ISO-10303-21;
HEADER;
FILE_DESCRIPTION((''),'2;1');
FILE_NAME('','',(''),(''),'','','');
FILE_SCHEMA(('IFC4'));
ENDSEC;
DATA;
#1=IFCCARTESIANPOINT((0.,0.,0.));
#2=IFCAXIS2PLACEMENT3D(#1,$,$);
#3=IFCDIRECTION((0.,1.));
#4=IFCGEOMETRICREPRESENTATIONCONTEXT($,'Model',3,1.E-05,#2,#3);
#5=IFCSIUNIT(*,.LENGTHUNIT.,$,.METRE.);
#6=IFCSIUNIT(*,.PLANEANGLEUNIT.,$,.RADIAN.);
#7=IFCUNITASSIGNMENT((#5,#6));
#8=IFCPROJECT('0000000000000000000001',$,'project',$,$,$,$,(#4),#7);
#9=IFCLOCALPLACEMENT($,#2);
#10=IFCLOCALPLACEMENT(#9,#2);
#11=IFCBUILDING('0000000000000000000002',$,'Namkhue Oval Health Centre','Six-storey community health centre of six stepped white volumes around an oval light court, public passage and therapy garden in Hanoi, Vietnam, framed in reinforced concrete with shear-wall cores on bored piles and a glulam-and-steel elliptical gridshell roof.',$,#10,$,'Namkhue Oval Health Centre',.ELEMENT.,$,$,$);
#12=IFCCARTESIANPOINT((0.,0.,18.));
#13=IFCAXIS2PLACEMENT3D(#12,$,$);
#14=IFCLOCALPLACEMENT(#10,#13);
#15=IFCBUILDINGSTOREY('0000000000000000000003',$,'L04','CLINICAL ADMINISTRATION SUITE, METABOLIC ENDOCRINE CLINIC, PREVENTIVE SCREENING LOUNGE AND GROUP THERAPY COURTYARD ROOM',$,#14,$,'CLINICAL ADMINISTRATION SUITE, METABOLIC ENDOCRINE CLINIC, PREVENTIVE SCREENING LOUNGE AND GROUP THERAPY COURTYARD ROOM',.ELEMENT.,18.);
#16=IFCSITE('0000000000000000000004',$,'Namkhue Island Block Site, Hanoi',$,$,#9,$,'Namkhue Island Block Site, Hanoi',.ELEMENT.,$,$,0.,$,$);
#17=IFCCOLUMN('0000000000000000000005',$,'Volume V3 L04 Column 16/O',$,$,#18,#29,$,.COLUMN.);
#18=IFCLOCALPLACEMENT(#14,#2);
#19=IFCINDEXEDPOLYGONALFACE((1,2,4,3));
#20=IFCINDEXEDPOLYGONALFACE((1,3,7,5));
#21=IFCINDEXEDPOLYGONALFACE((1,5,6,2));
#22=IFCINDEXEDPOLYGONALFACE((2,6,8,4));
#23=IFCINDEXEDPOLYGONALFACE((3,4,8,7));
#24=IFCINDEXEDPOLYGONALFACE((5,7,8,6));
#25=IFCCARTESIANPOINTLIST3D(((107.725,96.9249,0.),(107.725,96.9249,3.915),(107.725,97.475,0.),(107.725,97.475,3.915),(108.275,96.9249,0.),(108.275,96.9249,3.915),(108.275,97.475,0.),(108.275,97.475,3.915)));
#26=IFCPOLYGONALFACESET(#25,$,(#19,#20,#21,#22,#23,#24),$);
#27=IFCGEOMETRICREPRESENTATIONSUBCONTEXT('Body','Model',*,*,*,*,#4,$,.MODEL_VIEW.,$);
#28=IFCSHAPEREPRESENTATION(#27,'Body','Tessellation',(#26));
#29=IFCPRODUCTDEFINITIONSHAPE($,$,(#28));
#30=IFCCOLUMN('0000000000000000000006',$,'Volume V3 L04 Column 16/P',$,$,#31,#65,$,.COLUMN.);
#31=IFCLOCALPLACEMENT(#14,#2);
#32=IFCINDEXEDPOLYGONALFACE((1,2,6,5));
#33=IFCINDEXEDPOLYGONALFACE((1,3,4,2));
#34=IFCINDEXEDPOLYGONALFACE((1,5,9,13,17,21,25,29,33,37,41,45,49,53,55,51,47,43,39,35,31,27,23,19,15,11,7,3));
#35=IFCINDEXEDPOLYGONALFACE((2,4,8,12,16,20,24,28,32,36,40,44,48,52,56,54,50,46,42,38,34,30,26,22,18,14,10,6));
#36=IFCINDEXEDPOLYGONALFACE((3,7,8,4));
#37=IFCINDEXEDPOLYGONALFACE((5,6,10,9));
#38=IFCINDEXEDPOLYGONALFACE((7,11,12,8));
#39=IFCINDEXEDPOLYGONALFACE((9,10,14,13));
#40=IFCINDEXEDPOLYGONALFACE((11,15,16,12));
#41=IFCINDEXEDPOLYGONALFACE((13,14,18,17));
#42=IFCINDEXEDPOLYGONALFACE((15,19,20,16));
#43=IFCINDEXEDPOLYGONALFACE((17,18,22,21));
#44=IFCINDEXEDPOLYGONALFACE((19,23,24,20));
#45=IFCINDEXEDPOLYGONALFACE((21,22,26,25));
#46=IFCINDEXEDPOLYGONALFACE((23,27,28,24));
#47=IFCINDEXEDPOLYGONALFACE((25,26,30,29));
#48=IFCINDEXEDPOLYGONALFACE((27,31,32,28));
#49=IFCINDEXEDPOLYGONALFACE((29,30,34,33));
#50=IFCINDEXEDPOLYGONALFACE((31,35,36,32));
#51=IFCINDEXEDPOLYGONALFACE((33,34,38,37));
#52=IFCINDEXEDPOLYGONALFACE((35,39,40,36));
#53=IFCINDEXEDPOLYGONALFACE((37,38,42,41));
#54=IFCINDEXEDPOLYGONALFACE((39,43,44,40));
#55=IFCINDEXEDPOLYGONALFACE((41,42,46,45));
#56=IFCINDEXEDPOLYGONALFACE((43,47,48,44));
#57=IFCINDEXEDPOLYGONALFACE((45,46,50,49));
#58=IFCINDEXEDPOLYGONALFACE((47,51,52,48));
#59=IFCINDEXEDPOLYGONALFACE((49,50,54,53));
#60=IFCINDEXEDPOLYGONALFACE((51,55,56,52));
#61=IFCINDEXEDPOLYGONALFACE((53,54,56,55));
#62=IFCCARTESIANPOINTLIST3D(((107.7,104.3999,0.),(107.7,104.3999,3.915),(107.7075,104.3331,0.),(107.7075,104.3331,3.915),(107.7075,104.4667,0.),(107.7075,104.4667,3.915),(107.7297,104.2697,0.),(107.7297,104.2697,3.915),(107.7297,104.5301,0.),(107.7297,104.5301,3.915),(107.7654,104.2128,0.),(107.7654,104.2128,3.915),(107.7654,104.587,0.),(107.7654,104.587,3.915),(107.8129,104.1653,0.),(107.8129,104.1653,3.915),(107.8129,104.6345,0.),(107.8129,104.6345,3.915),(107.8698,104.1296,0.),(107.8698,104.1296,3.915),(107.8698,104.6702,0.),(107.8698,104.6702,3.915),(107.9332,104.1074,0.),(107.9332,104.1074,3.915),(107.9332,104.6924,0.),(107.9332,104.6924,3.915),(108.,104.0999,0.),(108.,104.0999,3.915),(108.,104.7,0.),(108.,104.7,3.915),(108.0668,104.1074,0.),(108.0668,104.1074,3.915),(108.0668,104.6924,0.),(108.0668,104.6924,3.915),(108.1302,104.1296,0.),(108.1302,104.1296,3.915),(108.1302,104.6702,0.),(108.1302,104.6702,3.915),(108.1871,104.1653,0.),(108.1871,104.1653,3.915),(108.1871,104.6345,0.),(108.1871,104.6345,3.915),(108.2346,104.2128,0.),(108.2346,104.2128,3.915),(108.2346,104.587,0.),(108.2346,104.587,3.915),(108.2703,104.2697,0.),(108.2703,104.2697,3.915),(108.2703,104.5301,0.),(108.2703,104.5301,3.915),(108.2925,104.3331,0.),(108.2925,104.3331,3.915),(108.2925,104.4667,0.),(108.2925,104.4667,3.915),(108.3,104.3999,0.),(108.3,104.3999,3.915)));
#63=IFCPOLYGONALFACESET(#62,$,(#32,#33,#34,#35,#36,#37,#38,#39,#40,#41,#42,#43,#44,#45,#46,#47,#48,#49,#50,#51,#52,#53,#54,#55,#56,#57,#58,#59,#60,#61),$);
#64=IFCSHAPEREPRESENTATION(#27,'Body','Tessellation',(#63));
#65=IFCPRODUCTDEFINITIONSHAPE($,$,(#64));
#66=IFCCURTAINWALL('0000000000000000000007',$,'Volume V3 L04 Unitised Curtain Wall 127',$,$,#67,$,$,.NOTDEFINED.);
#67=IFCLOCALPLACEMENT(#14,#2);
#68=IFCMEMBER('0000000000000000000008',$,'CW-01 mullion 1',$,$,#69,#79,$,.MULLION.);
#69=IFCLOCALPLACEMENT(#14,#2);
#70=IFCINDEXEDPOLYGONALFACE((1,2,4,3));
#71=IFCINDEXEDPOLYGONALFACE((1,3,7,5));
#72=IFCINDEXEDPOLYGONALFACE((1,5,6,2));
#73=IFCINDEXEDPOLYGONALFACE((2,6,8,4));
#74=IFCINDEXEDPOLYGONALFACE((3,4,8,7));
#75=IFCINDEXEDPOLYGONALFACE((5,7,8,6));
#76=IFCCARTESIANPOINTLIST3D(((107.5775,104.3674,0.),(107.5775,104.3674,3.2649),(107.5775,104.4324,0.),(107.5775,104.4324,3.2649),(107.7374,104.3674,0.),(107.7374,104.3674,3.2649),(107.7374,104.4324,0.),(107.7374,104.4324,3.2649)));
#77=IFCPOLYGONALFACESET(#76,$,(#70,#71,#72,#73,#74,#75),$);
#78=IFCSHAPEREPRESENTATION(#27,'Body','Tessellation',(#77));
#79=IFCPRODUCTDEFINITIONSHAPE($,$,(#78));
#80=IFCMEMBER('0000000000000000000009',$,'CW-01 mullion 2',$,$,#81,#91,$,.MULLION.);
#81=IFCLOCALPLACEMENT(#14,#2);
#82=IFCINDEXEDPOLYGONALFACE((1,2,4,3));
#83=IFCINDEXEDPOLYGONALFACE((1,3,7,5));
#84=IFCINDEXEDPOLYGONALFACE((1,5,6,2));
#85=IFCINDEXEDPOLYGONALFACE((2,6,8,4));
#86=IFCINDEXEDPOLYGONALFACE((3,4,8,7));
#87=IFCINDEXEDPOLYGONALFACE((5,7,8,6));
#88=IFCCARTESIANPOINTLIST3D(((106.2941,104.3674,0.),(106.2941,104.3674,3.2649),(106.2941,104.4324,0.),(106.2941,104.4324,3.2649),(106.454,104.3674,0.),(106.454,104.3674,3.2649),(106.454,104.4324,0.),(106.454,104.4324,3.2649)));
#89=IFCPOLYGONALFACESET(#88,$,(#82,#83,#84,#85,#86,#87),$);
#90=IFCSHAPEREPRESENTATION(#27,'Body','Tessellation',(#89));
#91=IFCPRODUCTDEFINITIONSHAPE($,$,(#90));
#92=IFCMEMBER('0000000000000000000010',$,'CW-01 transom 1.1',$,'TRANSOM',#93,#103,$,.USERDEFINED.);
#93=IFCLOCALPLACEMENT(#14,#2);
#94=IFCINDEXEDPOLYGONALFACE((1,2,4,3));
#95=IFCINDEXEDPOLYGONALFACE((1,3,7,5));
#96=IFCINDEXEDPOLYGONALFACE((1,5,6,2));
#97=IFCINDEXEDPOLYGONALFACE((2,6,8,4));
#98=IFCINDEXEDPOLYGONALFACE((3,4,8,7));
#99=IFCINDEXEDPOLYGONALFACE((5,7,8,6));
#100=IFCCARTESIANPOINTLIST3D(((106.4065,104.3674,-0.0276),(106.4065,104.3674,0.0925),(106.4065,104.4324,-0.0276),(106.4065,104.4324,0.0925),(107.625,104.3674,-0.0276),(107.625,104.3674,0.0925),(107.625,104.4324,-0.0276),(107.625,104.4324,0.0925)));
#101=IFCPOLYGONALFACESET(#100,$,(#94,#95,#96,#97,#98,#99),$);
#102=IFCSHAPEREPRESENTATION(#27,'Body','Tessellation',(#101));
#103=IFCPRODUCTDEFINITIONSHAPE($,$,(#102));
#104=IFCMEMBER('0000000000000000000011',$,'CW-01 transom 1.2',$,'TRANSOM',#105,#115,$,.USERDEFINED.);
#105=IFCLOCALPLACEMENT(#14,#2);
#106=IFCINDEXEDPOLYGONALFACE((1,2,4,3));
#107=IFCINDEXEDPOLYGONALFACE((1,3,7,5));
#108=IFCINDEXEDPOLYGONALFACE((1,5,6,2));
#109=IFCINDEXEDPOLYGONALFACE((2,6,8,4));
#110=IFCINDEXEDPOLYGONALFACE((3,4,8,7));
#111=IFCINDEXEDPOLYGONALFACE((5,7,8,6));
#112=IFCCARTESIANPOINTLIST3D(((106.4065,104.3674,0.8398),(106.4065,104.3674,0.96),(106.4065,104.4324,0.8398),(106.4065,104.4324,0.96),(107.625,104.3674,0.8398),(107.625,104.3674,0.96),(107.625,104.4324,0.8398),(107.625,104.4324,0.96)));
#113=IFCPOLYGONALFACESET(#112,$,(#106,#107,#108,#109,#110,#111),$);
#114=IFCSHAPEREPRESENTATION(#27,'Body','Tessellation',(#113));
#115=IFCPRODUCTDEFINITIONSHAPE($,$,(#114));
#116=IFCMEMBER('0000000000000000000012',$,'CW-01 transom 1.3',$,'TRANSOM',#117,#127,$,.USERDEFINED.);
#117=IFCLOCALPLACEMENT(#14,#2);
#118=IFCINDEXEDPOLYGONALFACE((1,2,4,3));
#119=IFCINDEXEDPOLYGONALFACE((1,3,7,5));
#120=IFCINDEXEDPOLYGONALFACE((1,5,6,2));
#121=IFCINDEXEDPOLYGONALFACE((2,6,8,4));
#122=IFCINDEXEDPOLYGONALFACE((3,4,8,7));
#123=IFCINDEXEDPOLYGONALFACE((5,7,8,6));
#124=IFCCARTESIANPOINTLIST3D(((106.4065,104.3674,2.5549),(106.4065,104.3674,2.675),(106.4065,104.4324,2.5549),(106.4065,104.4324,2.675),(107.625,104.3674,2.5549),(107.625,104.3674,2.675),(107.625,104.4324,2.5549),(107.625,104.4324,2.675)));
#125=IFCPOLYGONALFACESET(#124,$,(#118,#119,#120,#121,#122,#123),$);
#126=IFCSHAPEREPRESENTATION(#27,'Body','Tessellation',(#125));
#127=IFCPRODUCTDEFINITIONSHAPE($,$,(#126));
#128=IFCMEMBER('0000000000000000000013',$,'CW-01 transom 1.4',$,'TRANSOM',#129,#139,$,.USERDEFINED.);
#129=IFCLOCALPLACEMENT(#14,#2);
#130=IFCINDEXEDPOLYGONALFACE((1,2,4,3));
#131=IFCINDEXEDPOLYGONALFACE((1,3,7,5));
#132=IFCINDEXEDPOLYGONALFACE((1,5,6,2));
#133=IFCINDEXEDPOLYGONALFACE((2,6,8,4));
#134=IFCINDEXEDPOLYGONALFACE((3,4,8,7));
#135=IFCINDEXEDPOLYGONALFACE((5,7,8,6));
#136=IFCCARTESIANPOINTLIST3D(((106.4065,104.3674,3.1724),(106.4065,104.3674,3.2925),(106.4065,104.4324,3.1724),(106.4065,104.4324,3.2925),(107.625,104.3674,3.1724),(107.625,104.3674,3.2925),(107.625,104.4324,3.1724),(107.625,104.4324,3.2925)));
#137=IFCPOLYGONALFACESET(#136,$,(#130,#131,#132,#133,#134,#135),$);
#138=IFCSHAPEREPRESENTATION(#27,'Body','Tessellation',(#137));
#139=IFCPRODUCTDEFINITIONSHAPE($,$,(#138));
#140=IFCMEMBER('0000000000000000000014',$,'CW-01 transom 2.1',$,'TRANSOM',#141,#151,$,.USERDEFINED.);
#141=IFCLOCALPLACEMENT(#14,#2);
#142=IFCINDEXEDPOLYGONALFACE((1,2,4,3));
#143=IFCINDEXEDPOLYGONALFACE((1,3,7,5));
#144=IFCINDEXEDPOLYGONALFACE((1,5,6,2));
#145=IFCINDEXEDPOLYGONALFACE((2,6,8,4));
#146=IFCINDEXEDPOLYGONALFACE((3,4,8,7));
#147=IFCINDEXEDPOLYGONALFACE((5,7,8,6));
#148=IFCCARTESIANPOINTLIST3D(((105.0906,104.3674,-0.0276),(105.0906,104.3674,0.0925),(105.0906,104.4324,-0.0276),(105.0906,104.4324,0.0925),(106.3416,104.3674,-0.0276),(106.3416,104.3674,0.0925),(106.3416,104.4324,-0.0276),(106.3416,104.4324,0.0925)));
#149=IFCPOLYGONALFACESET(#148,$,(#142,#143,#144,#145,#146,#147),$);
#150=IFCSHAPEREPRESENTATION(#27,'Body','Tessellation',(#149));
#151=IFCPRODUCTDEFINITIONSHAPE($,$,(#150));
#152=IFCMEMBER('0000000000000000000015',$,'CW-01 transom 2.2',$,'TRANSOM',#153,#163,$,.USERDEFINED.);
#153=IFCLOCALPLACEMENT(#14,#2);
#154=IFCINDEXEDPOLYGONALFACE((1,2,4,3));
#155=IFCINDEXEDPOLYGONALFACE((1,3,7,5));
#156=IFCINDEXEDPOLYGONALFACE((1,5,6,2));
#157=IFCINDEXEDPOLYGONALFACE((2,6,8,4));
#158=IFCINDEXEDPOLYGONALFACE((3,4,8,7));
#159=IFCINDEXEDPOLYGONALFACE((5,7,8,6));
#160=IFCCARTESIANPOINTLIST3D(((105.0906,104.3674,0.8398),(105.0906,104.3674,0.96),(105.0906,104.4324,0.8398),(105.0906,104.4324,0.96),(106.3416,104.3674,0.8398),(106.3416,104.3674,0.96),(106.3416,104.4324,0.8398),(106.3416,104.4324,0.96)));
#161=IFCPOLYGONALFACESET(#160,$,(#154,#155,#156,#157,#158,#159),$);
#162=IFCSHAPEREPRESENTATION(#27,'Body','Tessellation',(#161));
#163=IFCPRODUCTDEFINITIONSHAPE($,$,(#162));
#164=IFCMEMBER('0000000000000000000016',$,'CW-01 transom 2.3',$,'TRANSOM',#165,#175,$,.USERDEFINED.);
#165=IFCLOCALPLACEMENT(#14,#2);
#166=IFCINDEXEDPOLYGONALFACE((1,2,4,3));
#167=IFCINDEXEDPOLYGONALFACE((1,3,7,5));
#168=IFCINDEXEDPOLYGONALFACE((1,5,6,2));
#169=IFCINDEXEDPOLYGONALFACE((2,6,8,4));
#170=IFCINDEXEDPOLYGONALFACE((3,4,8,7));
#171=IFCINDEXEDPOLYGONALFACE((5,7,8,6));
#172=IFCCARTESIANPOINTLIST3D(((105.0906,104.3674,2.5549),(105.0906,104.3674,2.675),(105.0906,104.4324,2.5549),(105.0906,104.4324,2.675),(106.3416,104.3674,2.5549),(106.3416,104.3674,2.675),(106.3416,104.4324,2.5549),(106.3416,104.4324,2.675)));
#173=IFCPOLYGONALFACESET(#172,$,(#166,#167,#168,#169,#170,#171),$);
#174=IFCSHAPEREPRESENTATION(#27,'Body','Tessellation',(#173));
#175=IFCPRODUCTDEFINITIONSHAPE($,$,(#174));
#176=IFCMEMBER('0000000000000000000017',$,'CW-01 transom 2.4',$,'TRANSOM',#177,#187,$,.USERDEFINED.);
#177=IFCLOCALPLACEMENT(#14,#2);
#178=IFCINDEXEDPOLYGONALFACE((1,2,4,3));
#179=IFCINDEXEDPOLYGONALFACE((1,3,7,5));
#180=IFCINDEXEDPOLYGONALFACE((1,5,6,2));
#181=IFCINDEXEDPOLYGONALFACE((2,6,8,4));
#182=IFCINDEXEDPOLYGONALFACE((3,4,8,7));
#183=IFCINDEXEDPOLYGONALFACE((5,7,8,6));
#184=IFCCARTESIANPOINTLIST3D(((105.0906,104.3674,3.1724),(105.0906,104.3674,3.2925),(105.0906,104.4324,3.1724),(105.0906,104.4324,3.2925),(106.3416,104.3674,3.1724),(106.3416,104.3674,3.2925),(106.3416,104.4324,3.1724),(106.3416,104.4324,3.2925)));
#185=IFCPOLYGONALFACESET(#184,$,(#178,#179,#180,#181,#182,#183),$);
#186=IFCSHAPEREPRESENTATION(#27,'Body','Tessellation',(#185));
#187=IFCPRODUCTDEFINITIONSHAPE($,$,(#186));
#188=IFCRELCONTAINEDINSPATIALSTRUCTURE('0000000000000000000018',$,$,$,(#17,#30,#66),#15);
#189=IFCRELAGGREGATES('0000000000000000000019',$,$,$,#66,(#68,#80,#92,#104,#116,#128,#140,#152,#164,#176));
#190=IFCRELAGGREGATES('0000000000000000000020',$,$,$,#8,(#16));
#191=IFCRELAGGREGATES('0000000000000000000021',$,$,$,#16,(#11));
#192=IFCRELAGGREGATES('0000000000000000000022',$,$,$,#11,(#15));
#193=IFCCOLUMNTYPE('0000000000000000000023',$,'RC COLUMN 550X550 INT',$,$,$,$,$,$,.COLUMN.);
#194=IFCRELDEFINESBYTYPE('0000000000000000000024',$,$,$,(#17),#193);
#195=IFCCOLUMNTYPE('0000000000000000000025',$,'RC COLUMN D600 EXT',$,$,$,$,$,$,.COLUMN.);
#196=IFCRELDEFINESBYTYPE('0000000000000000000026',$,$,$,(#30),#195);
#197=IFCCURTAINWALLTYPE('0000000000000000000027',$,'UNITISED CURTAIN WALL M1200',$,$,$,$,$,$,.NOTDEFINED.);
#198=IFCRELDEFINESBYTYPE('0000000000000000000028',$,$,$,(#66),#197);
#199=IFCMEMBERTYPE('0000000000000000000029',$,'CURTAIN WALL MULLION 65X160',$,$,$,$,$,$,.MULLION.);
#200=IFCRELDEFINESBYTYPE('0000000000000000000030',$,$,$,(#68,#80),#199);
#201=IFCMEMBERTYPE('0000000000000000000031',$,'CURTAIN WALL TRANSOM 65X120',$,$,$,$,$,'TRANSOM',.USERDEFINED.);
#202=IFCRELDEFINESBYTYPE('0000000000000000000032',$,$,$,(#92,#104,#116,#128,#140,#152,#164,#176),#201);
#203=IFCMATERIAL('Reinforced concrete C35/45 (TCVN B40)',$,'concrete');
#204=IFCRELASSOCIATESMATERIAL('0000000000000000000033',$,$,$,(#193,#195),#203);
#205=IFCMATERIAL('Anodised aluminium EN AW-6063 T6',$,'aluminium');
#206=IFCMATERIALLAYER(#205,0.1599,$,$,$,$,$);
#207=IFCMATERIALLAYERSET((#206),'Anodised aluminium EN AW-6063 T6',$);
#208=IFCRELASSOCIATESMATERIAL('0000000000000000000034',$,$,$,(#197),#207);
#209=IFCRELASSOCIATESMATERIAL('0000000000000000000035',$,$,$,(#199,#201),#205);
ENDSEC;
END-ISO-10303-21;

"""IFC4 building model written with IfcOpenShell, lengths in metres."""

from ifc_helpers import new_model, si_unit, direction, frame, origin, origin_2d, place, context, subcontext, project, spatial, rectangle, circle, extrude, material, layer, layer_set, material_profile, profile_set, type_object, element, aggregate, save


model = new_model("IFC4")

# Units and contexts
model_context = context("Model", 3, precision=1e-05, world=origin(), true_north=direction((0.0, 1.0)))
body_context = subcontext(model_context, "Body", "Model", "MODEL_VIEW")
ifc_project = project(units=[si_unit("LENGTHUNIT", "METRE"), si_unit("PLANEANGLEUNIT", "RADIAN")], contexts=[model_context])

# Site, building, storey
site_placement = place(None, origin())
site = spatial("IfcSite", under=ifc_project, at=site_placement, Name="Namkhue Island Block Site, Hanoi", LongName="Namkhue Island Block Site, Hanoi", CompositionType="ELEMENT", RefElevation=0.0)
building_placement = place(site_placement, origin())
building = spatial("IfcBuilding", under=site, at=building_placement, Name="Namkhue Oval Health Centre", Description="Six-storey community health centre of six stepped white volumes around an oval light court, public passage and therapy garden in Hanoi, Vietnam, framed in reinforced concrete with shear-wall cores on bored piles and a glulam-and-steel elliptical gridshell roof.", LongName="Namkhue Oval Health Centre", CompositionType="ELEMENT")
storey_placement = place(building_placement, frame((0.0, 0.0, 18.0)))
storey = spatial("IfcBuildingStorey", under=building, at=storey_placement, Name="L04", Description="CLINICAL ADMINISTRATION SUITE, METABOLIC ENDOCRINE CLINIC, PREVENTIVE SCREENING LOUNGE AND GROUP THERAPY COURTYARD ROOM", LongName="CLINICAL ADMINISTRATION SUITE, METABOLIC ENDOCRINE CLINIC, PREVENTIVE SCREENING LOUNGE AND GROUP THERAPY COURTYARD ROOM", CompositionType="ELEMENT", Elevation=18.0)

# Columns
ifc_material_1 = material(Name="Reinforced concrete C35/45 (TCVN B40)", Category="concrete")
ifc_material_profile_1 = material_profile(ifc_material_1, rectangle(XDim=0.55, YDim=0.55, at=origin_2d()), Name="RC 550x550")
ifc_profile_set_1 = profile_set([ifc_material_profile_1], Name="Reinforced concrete C35/45 (TCVN B40)")
column_type_1 = type_object("IfcColumnType", Name="RC COLUMN 550X550 INT", PredefinedType="COLUMN", material=ifc_profile_set_1)
column_1_placement = place(storey_placement, frame((108.0, 97.2, 0.0), z_axis=(0.0, 0.0, 1.0), x_axis=(1.0, 0.0, 0.0)))
element("IfcColumn", 1, at=column_1_placement, inside=storey, type_object=column_type_1, Name="Volume V3 L04 Column 16/O", PredefinedType="COLUMN", context=body_context, shape_type="SweptSolid", body=[
    extrude(rectangle(XDim=0.55, YDim=0.55, at=origin_2d()), origin(), (0.0, 0.0, 1.0), 3.915),
])
ifc_material_profile_2 = material_profile(ifc_material_1, circle(Radius=0.3, at=origin_2d()), Name="RC D600")
ifc_profile_set_2 = profile_set([ifc_material_profile_2], Name="Reinforced concrete C35/45 (TCVN B40)")
column_type_2 = type_object("IfcColumnType", Name="RC COLUMN D600 EXT", PredefinedType="COLUMN", material=ifc_profile_set_2)
column_2_placement = place(storey_placement, frame((108.0, 104.3999, 0.0), z_axis=(0.0, 0.0, 1.0), x_axis=(1.0, 0.0, 0.0)))
element("IfcColumn", 2, at=column_2_placement, inside=storey, type_object=column_type_2, Name="Volume V3 L04 Column 16/P", PredefinedType="COLUMN", context=body_context, shape_type="SweptSolid", body=[
    extrude(circle(Radius=0.3, at=origin_2d()), origin(), (0.0, 0.0, 1.0), 3.915),
])

# Curtain wall, members
ifc_material_2 = material(Name="Anodised aluminium EN AW-6063 T6", Category="aluminium")
ifc_layer_1 = layer(ifc_material_2, 0.1599)
ifc_layer_set_1 = layer_set([ifc_layer_1], Name="Anodised aluminium EN AW-6063 T6")
curtain_wall_type = type_object("IfcCurtainWallType", Name="UNITISED CURTAIN WALL M1200", PredefinedType="NOTDEFINED", material=ifc_layer_set_1)
curtain_wall_placement = place(storey_placement, origin())
curtain_wall = element("IfcCurtainWall", 3, at=curtain_wall_placement, inside=storey, type_object=curtain_wall_type, Name="Volume V3 L04 Unitised Curtain Wall 127", PredefinedType="NOTDEFINED")
ifc_material_profile_3 = material_profile(ifc_material_2, rectangle(XDim=0.0649, YDim=0.1599, at=origin_2d()), Name="ALU 65x160")
ifc_profile_set_3 = profile_set([ifc_material_profile_3], Name="Anodised aluminium EN AW-6063 T6")
member_type_1 = type_object("IfcMemberType", Name="CURTAIN WALL MULLION 65X160", PredefinedType="MULLION", material=ifc_profile_set_3)
member_1_placement = place(storey_placement, frame((107.6575, 104.3999, 0.0), z_axis=(0.0, 0.0, 1.0), x_axis=(0.0, -1.0, 0.0)))
member_1 = element("IfcMember", 4, at=member_1_placement, type_object=member_type_1, Name="CW-01 mullion 1", PredefinedType="MULLION", context=body_context, shape_type="SweptSolid", body=[
    extrude(rectangle(XDim=0.0649, YDim=0.1599, at=origin_2d()), origin(), (0.0, 0.0, 1.0), 3.2649),
])
member_2_placement = place(storey_placement, frame((106.374, 104.3999, 0.0), z_axis=(0.0, 0.0, 1.0), x_axis=(0.0, -1.0, 0.0)))
member_2 = element("IfcMember", 5, at=member_2_placement, type_object=member_type_1, Name="CW-01 mullion 2", PredefinedType="MULLION", context=body_context, shape_type="SweptSolid", body=[
    extrude(rectangle(XDim=0.0649, YDim=0.1599, at=origin_2d()), origin(), (0.0, 0.0, 1.0), 3.2649),
])
ifc_material_profile_4 = material_profile(ifc_material_2, rectangle(XDim=0.0649, YDim=0.1201, at=origin_2d()), Name="ALU 65x120")
ifc_profile_set_4 = profile_set([ifc_material_profile_4], Name="Anodised aluminium EN AW-6063 T6")
member_type_2 = type_object("IfcMemberType", Name="CURTAIN WALL TRANSOM 65X120", ElementType="TRANSOM", PredefinedType="USERDEFINED", material=ifc_profile_set_4)
member_3_placement = place(storey_placement, frame((107.625, 104.3999, 0.0325), z_axis=(-1.0, 0.0, 0.0), x_axis=(0.0, -1.0, 0.0)))
member_3 = element("IfcMember", 6, at=member_3_placement, type_object=member_type_2, Name="CW-01 transom 1.1", ObjectType="TRANSOM", PredefinedType="USERDEFINED", context=body_context, shape_type="SweptSolid", body=[
    extrude(rectangle(XDim=0.0649, YDim=0.1201, at=origin_2d()), origin(), (0.0, 0.0, 1.0), 1.2185),
])
member_4_placement = place(storey_placement, frame((107.625, 104.3999, 0.8999), z_axis=(-1.0, 0.0, 0.0), x_axis=(0.0, -1.0, 0.0)))
member_4 = element("IfcMember", 7, at=member_4_placement, type_object=member_type_2, Name="CW-01 transom 1.2", ObjectType="TRANSOM", PredefinedType="USERDEFINED", context=body_context, shape_type="SweptSolid", body=[
    extrude(rectangle(XDim=0.0649, YDim=0.1201, at=origin_2d()), origin(), (0.0, 0.0, 1.0), 1.2185),
])
member_5_placement = place(storey_placement, frame((107.625, 104.3999, 2.615), z_axis=(-1.0, 0.0, 0.0), x_axis=(0.0, -1.0, 0.0)))
member_5 = element("IfcMember", 8, at=member_5_placement, type_object=member_type_2, Name="CW-01 transom 1.3", ObjectType="TRANSOM", PredefinedType="USERDEFINED", context=body_context, shape_type="SweptSolid", body=[
    extrude(rectangle(XDim=0.0649, YDim=0.1201, at=origin_2d()), origin(), (0.0, 0.0, 1.0), 1.2185),
])
member_6_placement = place(storey_placement, frame((107.625, 104.3999, 3.2324), z_axis=(-1.0, 0.0, 0.0), x_axis=(0.0, -1.0, 0.0)))
member_6 = element("IfcMember", 9, at=member_6_placement, type_object=member_type_2, Name="CW-01 transom 1.4", ObjectType="TRANSOM", PredefinedType="USERDEFINED", context=body_context, shape_type="SweptSolid", body=[
    extrude(rectangle(XDim=0.0649, YDim=0.1201, at=origin_2d()), origin(), (0.0, 0.0, 1.0), 1.2185),
])
member_7_placement = place(storey_placement, frame((106.3416, 104.3999, 0.0325), z_axis=(-1.0, 0.0, 0.0), x_axis=(0.0, -1.0, 0.0)))
member_7 = element("IfcMember", 10, at=member_7_placement, type_object=member_type_2, Name="CW-01 transom 2.1", ObjectType="TRANSOM", PredefinedType="USERDEFINED", context=body_context, shape_type="SweptSolid", body=[
    extrude(rectangle(XDim=0.0649, YDim=0.1201, at=origin_2d()), origin(), (0.0, 0.0, 1.0), 1.251),
])
member_8_placement = place(storey_placement, frame((106.3416, 104.3999, 0.8999), z_axis=(-1.0, 0.0, 0.0), x_axis=(0.0, -1.0, 0.0)))
member_8 = element("IfcMember", 11, at=member_8_placement, type_object=member_type_2, Name="CW-01 transom 2.2", ObjectType="TRANSOM", PredefinedType="USERDEFINED", context=body_context, shape_type="SweptSolid", body=[
    extrude(rectangle(XDim=0.0649, YDim=0.1201, at=origin_2d()), origin(), (0.0, 0.0, 1.0), 1.251),
])
member_9_placement = place(storey_placement, frame((106.3416, 104.3999, 2.615), z_axis=(-1.0, 0.0, 0.0), x_axis=(0.0, -1.0, 0.0)))
member_9 = element("IfcMember", 12, at=member_9_placement, type_object=member_type_2, Name="CW-01 transom 2.3", ObjectType="TRANSOM", PredefinedType="USERDEFINED", context=body_context, shape_type="SweptSolid", body=[
    extrude(rectangle(XDim=0.0649, YDim=0.1201, at=origin_2d()), origin(), (0.0, 0.0, 1.0), 1.251),
])
member_10_placement = place(storey_placement, frame((106.3416, 104.3999, 3.2324), z_axis=(-1.0, 0.0, 0.0), x_axis=(0.0, -1.0, 0.0)))
member_10 = element("IfcMember", 13, at=member_10_placement, type_object=member_type_2, Name="CW-01 transom 2.4", ObjectType="TRANSOM", PredefinedType="USERDEFINED", context=body_context, shape_type="SweptSolid", body=[
    extrude(rectangle(XDim=0.0649, YDim=0.1201, at=origin_2d()), origin(), (0.0, 0.0, 1.0), 1.251),
])

aggregate(curtain_wall, [member_1, member_2, member_3, member_4, member_5, member_6, member_7, member_8, member_9, member_10])

save(model, "model.ifc")
